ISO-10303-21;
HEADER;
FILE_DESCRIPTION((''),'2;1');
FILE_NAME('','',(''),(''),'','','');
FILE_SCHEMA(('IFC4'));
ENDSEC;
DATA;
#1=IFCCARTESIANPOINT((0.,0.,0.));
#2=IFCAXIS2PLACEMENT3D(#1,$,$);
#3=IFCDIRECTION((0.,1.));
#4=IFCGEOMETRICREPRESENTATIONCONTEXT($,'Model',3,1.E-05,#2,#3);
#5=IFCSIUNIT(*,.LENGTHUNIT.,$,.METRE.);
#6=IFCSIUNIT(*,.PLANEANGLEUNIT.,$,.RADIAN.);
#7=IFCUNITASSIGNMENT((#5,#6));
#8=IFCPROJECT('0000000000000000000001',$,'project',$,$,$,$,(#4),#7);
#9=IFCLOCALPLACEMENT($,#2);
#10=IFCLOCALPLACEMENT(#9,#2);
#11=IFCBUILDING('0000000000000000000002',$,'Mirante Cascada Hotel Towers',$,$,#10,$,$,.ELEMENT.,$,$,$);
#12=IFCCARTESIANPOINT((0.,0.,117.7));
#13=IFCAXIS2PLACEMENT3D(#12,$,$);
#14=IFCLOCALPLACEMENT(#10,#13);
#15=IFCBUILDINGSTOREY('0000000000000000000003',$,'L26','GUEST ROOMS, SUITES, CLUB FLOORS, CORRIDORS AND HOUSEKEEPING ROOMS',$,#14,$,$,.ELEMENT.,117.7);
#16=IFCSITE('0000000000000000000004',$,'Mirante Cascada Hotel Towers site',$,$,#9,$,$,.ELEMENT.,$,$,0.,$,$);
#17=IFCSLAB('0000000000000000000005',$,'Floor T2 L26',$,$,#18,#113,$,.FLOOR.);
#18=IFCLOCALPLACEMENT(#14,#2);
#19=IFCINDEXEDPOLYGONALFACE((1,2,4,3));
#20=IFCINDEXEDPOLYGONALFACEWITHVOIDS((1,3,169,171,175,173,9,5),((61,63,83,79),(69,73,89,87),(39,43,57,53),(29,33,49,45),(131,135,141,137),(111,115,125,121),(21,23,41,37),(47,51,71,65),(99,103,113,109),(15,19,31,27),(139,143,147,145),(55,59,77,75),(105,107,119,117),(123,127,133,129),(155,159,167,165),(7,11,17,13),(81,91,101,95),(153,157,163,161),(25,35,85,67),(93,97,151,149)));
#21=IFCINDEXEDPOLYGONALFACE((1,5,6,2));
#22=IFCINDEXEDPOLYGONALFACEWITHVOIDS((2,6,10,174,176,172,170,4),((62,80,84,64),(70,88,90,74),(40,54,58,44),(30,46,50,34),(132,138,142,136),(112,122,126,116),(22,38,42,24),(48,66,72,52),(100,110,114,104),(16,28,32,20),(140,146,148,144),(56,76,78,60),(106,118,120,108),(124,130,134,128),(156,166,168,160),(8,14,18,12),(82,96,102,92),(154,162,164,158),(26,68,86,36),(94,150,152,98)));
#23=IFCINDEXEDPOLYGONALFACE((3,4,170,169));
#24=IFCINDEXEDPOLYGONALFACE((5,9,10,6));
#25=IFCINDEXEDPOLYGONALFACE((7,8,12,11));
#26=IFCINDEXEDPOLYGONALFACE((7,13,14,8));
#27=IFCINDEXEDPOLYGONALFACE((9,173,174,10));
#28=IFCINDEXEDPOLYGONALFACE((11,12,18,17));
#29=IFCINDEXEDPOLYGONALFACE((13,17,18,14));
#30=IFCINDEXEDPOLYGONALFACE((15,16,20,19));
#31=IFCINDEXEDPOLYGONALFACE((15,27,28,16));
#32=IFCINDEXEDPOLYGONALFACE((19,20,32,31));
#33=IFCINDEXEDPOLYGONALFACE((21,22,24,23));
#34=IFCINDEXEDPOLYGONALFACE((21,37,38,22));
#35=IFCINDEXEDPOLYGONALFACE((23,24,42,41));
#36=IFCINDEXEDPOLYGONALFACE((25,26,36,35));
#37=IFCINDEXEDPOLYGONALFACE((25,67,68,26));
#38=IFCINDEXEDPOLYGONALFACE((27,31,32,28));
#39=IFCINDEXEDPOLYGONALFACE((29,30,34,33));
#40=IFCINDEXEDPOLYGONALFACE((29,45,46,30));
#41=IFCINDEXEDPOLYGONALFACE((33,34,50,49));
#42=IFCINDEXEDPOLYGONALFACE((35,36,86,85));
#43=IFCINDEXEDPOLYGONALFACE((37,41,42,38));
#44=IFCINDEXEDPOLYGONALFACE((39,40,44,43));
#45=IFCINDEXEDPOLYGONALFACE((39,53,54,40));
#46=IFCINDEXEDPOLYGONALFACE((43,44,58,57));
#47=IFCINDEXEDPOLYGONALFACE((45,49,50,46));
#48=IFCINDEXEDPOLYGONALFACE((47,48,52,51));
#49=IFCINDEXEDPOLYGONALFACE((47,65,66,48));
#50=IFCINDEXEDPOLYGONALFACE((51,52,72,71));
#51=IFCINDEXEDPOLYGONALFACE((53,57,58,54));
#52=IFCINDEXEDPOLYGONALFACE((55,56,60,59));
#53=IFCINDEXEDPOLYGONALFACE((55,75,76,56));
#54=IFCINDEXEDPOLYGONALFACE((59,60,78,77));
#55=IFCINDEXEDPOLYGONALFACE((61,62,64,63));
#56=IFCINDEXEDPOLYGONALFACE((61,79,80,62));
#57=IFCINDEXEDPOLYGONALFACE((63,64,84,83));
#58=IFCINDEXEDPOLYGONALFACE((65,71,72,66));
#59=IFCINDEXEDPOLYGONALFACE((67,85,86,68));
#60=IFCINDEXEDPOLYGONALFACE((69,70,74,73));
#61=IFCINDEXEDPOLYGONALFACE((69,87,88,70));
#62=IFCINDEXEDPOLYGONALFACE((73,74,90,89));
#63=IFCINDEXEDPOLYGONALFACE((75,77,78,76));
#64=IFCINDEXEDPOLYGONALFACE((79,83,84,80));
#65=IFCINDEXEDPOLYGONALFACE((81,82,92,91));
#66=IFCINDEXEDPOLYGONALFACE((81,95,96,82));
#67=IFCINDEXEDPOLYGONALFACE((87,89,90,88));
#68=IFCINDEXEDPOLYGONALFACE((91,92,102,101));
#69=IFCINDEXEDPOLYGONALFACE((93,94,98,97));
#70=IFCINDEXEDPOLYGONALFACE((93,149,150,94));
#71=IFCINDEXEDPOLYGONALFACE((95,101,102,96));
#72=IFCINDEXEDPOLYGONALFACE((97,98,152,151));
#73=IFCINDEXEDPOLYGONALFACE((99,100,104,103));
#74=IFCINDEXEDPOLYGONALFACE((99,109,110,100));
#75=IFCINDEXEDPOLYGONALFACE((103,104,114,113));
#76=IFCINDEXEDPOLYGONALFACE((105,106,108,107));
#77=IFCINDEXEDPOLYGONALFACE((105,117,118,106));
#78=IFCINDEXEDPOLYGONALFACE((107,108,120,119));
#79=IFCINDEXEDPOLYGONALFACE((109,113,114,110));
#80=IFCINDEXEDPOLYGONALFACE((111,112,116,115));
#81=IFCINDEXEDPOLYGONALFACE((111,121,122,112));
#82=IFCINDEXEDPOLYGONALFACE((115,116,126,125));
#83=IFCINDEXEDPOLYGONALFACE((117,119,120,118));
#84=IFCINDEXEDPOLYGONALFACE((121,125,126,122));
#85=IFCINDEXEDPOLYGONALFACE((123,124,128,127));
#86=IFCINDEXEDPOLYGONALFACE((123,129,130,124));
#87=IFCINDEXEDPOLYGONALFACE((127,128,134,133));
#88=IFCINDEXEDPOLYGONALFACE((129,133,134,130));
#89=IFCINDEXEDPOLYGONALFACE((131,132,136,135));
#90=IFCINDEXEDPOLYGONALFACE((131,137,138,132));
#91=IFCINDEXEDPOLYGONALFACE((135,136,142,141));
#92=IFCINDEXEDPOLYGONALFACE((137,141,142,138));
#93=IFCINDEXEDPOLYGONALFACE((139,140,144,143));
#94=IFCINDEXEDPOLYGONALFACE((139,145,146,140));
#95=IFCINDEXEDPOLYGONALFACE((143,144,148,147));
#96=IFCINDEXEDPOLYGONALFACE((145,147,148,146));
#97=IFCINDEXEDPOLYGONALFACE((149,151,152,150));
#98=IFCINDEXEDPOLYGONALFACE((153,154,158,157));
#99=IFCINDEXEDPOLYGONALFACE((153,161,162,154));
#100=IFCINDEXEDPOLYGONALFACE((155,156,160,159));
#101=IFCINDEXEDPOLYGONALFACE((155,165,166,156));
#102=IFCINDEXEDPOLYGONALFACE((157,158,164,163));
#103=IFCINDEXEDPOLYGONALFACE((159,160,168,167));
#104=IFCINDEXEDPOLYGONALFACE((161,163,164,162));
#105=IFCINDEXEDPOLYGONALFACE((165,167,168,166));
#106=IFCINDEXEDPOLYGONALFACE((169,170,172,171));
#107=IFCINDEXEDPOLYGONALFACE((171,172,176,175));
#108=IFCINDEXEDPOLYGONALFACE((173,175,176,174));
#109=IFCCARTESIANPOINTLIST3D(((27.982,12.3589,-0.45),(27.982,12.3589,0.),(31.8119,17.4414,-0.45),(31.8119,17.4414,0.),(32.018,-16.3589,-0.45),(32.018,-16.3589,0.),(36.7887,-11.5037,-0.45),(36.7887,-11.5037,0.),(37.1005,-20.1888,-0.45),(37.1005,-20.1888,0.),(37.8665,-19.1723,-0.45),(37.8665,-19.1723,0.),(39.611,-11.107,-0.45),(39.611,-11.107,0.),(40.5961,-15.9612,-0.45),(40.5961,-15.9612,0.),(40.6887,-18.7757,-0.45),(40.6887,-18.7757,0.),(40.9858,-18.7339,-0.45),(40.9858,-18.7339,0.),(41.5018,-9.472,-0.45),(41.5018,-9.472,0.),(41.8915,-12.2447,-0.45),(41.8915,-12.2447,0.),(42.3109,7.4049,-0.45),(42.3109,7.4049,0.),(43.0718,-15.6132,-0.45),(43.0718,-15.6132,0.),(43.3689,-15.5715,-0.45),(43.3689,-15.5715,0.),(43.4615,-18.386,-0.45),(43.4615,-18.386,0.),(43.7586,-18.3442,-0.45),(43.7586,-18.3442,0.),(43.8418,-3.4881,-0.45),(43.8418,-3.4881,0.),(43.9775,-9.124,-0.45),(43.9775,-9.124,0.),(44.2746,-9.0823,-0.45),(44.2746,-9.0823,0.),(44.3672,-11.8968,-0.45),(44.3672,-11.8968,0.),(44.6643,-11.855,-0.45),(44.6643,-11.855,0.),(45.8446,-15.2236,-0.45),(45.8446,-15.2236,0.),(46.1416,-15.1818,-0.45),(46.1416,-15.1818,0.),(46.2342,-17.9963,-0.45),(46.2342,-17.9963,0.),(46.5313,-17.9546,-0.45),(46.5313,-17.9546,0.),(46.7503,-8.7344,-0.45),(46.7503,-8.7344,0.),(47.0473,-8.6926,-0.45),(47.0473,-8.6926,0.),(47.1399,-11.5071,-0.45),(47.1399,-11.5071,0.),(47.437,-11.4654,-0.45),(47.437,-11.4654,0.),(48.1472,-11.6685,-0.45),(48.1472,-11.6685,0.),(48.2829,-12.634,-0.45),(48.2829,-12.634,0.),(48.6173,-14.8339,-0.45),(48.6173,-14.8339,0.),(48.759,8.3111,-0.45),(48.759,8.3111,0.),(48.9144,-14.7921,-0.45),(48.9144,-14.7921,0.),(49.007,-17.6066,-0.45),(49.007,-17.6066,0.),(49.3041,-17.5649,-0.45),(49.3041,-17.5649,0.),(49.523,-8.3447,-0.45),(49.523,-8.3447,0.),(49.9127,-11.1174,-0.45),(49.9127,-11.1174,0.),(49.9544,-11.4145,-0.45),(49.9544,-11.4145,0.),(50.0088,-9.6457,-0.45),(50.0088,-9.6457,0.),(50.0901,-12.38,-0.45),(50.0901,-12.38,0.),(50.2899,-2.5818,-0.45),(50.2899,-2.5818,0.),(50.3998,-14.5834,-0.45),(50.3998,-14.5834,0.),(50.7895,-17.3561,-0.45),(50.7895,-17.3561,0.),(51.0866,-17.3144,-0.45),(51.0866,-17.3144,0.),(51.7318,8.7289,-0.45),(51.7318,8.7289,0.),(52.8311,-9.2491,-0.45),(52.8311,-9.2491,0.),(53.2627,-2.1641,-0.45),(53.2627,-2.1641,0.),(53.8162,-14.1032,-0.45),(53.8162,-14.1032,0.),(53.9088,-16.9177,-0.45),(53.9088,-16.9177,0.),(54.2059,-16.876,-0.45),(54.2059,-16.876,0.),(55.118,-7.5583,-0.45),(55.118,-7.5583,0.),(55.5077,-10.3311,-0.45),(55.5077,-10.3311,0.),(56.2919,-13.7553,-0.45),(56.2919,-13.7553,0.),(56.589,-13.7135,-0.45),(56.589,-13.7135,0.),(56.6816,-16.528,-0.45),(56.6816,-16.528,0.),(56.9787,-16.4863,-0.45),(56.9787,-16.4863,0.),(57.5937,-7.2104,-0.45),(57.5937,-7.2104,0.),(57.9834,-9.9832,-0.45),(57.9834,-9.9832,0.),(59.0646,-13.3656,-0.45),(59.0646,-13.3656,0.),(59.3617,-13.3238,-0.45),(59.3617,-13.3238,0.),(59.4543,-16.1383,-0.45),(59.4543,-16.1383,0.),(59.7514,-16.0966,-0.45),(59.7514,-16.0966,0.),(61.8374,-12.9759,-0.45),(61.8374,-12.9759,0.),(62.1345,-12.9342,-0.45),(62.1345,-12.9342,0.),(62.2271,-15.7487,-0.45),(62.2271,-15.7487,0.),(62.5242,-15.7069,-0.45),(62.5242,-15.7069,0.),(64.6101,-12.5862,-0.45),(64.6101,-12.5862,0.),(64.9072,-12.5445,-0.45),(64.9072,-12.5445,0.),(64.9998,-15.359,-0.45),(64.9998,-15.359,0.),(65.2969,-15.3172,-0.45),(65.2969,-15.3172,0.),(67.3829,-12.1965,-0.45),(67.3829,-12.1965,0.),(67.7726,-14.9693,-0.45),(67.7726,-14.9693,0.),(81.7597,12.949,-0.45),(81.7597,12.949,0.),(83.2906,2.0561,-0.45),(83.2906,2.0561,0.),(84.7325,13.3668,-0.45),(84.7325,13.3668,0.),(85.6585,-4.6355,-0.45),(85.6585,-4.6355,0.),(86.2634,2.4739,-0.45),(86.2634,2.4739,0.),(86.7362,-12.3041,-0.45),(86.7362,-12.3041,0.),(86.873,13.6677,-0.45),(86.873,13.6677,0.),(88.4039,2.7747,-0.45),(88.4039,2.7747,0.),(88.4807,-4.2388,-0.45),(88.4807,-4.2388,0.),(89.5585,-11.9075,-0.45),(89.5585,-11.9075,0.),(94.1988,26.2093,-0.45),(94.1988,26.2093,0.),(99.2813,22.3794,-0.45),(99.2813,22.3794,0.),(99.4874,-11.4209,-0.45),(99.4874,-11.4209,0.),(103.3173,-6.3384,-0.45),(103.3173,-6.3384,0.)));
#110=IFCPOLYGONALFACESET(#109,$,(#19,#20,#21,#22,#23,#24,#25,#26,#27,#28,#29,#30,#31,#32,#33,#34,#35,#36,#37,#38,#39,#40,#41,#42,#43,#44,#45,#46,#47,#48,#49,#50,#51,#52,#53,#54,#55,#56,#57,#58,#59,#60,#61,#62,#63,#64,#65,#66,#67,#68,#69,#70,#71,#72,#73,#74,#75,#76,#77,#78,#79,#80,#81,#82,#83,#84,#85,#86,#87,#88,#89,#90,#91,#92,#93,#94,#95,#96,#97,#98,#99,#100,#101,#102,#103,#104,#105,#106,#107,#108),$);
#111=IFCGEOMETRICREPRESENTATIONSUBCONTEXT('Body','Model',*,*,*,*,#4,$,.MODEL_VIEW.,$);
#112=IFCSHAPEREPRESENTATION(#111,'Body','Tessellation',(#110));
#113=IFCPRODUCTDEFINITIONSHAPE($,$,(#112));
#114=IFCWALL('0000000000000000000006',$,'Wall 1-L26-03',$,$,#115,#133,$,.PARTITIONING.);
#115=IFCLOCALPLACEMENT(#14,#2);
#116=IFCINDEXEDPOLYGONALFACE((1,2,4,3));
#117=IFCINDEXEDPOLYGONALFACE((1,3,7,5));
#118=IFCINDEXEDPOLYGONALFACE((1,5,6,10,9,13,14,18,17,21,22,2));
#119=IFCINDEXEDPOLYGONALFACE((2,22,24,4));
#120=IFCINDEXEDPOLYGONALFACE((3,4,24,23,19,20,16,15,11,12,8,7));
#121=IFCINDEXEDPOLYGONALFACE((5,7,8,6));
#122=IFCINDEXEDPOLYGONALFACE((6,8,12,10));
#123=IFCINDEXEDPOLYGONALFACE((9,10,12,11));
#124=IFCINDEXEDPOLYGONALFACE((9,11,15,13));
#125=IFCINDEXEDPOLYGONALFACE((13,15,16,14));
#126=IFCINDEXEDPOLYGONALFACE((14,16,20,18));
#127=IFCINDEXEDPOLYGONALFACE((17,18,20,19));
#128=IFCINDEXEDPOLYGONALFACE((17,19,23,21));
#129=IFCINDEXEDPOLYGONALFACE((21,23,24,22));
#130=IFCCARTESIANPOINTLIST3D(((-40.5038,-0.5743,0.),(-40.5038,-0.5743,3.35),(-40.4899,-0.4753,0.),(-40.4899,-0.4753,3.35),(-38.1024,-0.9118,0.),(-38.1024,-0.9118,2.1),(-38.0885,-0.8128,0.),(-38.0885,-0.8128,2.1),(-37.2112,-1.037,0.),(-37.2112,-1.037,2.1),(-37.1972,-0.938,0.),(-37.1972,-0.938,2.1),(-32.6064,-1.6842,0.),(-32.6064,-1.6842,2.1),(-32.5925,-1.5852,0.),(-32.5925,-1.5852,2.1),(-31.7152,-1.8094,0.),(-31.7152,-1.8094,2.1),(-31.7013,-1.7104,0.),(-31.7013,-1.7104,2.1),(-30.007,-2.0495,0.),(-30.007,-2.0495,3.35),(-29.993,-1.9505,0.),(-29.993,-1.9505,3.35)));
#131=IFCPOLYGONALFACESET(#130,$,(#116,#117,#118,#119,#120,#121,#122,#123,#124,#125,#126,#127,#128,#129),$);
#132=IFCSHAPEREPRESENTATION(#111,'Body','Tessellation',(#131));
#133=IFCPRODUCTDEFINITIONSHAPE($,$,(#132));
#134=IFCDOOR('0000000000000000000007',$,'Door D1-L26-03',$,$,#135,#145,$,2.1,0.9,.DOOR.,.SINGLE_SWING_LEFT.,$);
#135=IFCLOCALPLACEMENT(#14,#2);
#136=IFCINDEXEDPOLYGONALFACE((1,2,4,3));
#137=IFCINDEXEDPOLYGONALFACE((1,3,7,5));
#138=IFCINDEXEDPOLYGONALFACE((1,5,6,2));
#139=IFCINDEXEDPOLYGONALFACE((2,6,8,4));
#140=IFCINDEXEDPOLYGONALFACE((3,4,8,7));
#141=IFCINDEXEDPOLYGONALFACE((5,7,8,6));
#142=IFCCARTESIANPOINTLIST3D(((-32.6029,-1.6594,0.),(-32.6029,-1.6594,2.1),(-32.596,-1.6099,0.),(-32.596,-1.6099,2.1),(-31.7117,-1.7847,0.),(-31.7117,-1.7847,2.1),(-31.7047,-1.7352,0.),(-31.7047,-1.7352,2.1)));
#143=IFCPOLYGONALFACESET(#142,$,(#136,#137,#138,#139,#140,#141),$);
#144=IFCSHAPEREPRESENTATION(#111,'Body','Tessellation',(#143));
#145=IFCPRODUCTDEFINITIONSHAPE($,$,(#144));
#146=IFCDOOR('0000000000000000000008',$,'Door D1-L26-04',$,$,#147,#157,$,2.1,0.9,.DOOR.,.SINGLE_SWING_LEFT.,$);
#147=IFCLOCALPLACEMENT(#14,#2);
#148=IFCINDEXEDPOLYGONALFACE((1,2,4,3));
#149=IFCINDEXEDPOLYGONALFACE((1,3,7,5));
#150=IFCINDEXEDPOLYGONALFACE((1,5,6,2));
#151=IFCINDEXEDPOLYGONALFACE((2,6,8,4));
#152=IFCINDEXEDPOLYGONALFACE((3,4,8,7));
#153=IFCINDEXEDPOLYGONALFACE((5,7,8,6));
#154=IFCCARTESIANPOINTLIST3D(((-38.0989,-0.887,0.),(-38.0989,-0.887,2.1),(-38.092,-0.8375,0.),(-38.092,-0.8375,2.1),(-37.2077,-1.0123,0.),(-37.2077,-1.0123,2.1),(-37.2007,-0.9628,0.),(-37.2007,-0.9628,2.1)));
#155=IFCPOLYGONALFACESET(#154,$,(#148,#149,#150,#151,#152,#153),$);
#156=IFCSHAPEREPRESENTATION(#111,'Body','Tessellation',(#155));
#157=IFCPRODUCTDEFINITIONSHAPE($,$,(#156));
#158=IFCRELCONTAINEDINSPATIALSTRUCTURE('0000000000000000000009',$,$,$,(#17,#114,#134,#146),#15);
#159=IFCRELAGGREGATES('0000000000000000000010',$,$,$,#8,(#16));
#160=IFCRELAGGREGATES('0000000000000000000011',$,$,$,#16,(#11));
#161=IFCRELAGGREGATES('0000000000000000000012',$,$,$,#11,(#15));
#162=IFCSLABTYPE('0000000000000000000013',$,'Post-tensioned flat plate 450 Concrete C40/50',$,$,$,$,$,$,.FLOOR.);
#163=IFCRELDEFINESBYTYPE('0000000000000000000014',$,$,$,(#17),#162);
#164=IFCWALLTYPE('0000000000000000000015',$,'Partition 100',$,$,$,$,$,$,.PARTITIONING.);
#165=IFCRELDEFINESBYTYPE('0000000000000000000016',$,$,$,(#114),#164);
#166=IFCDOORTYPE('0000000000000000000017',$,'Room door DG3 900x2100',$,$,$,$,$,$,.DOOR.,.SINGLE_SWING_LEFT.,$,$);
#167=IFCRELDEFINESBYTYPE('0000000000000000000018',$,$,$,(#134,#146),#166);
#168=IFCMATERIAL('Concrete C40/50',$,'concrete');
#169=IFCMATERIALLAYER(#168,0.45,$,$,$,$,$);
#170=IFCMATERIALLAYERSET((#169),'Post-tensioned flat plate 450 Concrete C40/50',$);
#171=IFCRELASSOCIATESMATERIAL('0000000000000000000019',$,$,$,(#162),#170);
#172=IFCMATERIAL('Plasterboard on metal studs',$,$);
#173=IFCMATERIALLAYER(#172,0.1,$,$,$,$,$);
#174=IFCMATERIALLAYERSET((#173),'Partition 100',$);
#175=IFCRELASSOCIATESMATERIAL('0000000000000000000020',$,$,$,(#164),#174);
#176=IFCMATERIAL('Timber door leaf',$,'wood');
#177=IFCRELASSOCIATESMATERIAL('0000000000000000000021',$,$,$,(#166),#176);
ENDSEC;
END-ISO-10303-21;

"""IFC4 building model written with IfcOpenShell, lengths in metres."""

from ifc_helpers import new_model, si_unit, direction, frame, frame_2d, origin, place, context, subcontext, project, spatial, polyline, rectangle, outline, extrude, material, layer, layer_set, type_object, element, fill, save


model = new_model("IFC4")

# Units and contexts
model_context = context("Model", 3, precision=1e-05, world=origin(), true_north=direction((0.0, 1.0)))
body_context = subcontext(model_context, "Body", "Model", "MODEL_VIEW")
ifc_project = project(units=[si_unit("LENGTHUNIT", "METRE"), si_unit("PLANEANGLEUNIT", "RADIAN")], contexts=[model_context])

# Site, building, storey
site_placement = place(None, origin())
site = spatial("IfcSite", under=ifc_project, at=site_placement, Name="Mirante Cascada Hotel Towers site", CompositionType="ELEMENT", RefElevation=0.0)
building_placement = place(site_placement, origin())
building = spatial("IfcBuilding", under=site, at=building_placement, Name="Mirante Cascada Hotel Towers", CompositionType="ELEMENT")
storey_placement = place(building_placement, frame((0.0, 0.0, 117.7)))
storey = spatial("IfcBuildingStorey", under=building, at=storey_placement, Name="L26", Description="GUEST ROOMS, SUITES, CLUB FLOORS, CORRIDORS AND HOUSEKEEPING ROOMS", CompositionType="ELEMENT", Elevation=117.7)

# Slab
ifc_material_1 = material(Name="Concrete C40/50", Category="concrete")
ifc_layer_1 = layer(ifc_material_1, 0.45)
ifc_layer_set_1 = layer_set([ifc_layer_1], Name="Post-tensioned flat plate 450 Concrete C40/50")
slab_type = type_object("IfcSlabType", Name="Post-tensioned flat plate 450 Concrete C40/50", PredefinedType="FLOOR", material=ifc_layer_set_1)
slab_1_placement = place(storey_placement, frame((0.0, 0.0, -0.45)))
element("IfcSlab", 1, at=slab_1_placement, inside=storey, type_object=slab_type, Name="Floor T2 L26", PredefinedType="FLOOR", context=body_context, shape_type="SweptSolid", body=[
    extrude(outline(polyline([(32.018, -16.3589), (27.982, 12.3589), (31.8119, 17.4414), (94.1988, 26.2093), (99.2813, 22.3794), (103.3173, -6.3384), (99.4874, -11.4209), (37.1005, -20.1888), (32.018, -16.3589)]), holes=[polyline([(43.0718, -15.6132), (40.5961, -15.9612), (40.9858, -18.7339), (43.4615, -18.386), (43.0718, -15.6132)]), polyline([(45.8446, -15.2236), (43.3689, -15.5715), (43.7586, -18.3442), (46.2342, -17.9963), (45.8446, -15.2236)]), polyline([(48.6173, -14.8339), (46.1416, -15.1818), (46.5313, -17.9546), (49.007, -17.6066), (48.6173, -14.8339)]), polyline([(50.3998, -14.5834), (48.9144, -14.7921), (49.3041, -17.5649), (50.7895, -17.3561), (50.3998, -14.5834)]), polyline([(37.8665, -19.1723), (40.6887, -18.7757), (39.611, -11.107), (36.7887, -11.5037), (37.8665, -19.1723)]), polyline([(49.9544, -11.4145), (48.1472, -11.6685), (48.2829, -12.634), (50.0901, -12.38), (49.9544, -11.4145)]), polyline([(43.9775, -9.124), (41.5018, -9.472), (41.8915, -12.2447), (44.3672, -11.8968), (43.9775, -9.124)]), polyline([(47.1399, -11.5071), (46.7503, -8.7344), (44.2746, -9.0823), (44.6643, -11.855), (47.1399, -11.5071)]), polyline([(49.9127, -11.1174), (49.523, -8.3447), (47.0473, -8.6926), (47.437, -11.4654), (49.9127, -11.1174)]), polyline([(56.2919, -13.7553), (53.8162, -14.1032), (54.2059, -16.876), (56.6816, -16.528), (56.2919, -13.7553)]), polyline([(59.0646, -13.3656), (56.589, -13.7135), (56.9787, -16.4863), (59.4543, -16.1383), (59.0646, -13.3656)]), polyline([(61.8374, -12.9759), (59.3617, -13.3238), (59.7514, -16.0966), (62.2271, -15.7487), (61.8374, -12.9759)]), polyline([(64.6101, -12.5862), (62.1345, -12.9342), (62.5242, -15.7069), (64.9998, -15.359), (64.6101, -12.5862)]), polyline([(67.3829, -12.1965), (64.9072, -12.5445), (65.2969, -15.3172), (67.7726, -14.9693), (67.3829, -12.1965)]), polyline([(51.0866, -17.3144), (53.9088, -16.9177), (52.8311, -9.2491), (50.0088, -9.6457), (51.0866, -17.3144)]), polyline([(86.7362, -12.3041), (89.5585, -11.9075), (88.4807, -4.2388), (85.6585, -4.6355), (86.7362, -12.3041)]), polyline([(57.9834, -9.9832), (57.5937, -7.2104), (55.118, -7.5583), (55.5077, -10.3311), (57.9834, -9.9832)]), polyline([(86.873, 13.6677), (88.4039, 2.7747), (86.2634, 2.4739), (86.2634, 2.4739), (84.7325, 13.3668), (84.7325, 13.3668), (86.873, 13.6677)]), polyline([(81.7597, 12.949), (81.7597, 12.949), (83.2906, 2.0561), (83.2906, 2.0561), (53.2627, -2.1641), (53.2627, -2.1641), (51.7318, 8.7289), (81.7597, 12.949)]), polyline([(43.8418, -3.4881), (42.3109, 7.4049), (48.759, 8.3111), (50.2899, -2.5818), (50.2899, -2.5818), (43.8418, -3.4881)])]), origin(), (0.0, 0.0, 1.0), 0.45),
])

# Wall, openings, doors
ifc_material_2 = material(Name="Plasterboard on metal studs")
ifc_layer_2 = layer(ifc_material_2, 0.1)
ifc_layer_set_2 = layer_set([ifc_layer_2], Name="Partition 100")
wall_type = type_object("IfcWallType", Name="Partition 100", PredefinedType="PARTITIONING", material=ifc_layer_set_2)
wall_placement = place(storey_placement, frame((-30.0, -2.0, 0.0), z_axis=(0.0, 0.0, 1.0), x_axis=(-0.990268, 0.13917, 0.0)))
wall = element("IfcWall", 2, at=wall_placement, inside=storey, type_object=wall_type, Name="Wall 1-L26-03", PredefinedType="PARTITIONING", context=body_context, shape_type="SweptSolid", body=[
    extrude(rectangle(XDim=10.6, YDim=0.1, at=frame_2d((5.3, 0.0))), origin(), (0.0, 0.0, 1.0), 3.35),
])
opening_1_placement = place(wall_placement, frame((1.725, 0.0, 0.0)))
opening_1 = element("IfcOpeningElement", 3, at=opening_1_placement, cuts=wall, PredefinedType="OPENING", context=body_context, shape_type="SweptSolid", body=[
    extrude(rectangle(XDim=0.9, YDim=2.1, at=frame_2d((0.45, 1.05))), frame((0.0, 0.05, 0.0), z_axis=(0.0, -1.0, 0.0), x_axis=(1.0, 0.0, 0.0)), (0.0, 0.0, 1.0), 0.1),
])
opening_2_placement = place(wall_placement, frame((7.275, 0.0, 0.0)))
opening_2 = element("IfcOpeningElement", 4, at=opening_2_placement, cuts=wall, PredefinedType="OPENING", context=body_context, shape_type="SweptSolid", body=[
    extrude(rectangle(XDim=0.9, YDim=2.1, at=frame_2d((0.45, 1.05))), frame((0.0, 0.05, 0.0), z_axis=(0.0, -1.0, 0.0), x_axis=(1.0, 0.0, 0.0)), (0.0, 0.0, 1.0), 0.1),
])
ifc_material_3 = material(Name="Timber door leaf", Category="wood")
door_type = type_object("IfcDoorType", Name="Room door DG3 900x2100", OperationType="SINGLE_SWING_LEFT", PredefinedType="DOOR", material=ifc_material_3)
door_1_placement = place(opening_1_placement, origin())
door_1 = element("IfcDoor", 5, at=door_1_placement, inside=storey, type_object=door_type, Name="Door D1-L26-03", OperationType="SINGLE_SWING_LEFT", OverallHeight=2.1, OverallWidth=0.9, PredefinedType="DOOR", context=body_context, shape_type="SweptSolid", body=[
    extrude(rectangle(XDim=0.9, YDim=2.1, at=frame_2d((0.45, 1.05))), frame((0.0, 0.025, 0.0), z_axis=(0.0, -1.0, 0.0), x_axis=(1.0, 0.0, 0.0)), (0.0, 0.0, 1.0), 0.05),
])
fill(opening_1, door_1)
door_2_placement = place(opening_2_placement, origin())
door_2 = element("IfcDoor", 6, at=door_2_placement, inside=storey, type_object=door_type, Name="Door D1-L26-04", OperationType="SINGLE_SWING_LEFT", OverallHeight=2.1, OverallWidth=0.9, PredefinedType="DOOR", context=body_context, shape_type="SweptSolid", body=[
    extrude(rectangle(XDim=0.9, YDim=2.1, at=frame_2d((0.45, 1.05))), frame((0.0, 0.025, 0.0), z_axis=(0.0, -1.0, 0.0), x_axis=(1.0, 0.0, 0.0)), (0.0, 0.0, 1.0), 0.05),
])
fill(opening_2, door_2)

save(model, "model.ifc")
